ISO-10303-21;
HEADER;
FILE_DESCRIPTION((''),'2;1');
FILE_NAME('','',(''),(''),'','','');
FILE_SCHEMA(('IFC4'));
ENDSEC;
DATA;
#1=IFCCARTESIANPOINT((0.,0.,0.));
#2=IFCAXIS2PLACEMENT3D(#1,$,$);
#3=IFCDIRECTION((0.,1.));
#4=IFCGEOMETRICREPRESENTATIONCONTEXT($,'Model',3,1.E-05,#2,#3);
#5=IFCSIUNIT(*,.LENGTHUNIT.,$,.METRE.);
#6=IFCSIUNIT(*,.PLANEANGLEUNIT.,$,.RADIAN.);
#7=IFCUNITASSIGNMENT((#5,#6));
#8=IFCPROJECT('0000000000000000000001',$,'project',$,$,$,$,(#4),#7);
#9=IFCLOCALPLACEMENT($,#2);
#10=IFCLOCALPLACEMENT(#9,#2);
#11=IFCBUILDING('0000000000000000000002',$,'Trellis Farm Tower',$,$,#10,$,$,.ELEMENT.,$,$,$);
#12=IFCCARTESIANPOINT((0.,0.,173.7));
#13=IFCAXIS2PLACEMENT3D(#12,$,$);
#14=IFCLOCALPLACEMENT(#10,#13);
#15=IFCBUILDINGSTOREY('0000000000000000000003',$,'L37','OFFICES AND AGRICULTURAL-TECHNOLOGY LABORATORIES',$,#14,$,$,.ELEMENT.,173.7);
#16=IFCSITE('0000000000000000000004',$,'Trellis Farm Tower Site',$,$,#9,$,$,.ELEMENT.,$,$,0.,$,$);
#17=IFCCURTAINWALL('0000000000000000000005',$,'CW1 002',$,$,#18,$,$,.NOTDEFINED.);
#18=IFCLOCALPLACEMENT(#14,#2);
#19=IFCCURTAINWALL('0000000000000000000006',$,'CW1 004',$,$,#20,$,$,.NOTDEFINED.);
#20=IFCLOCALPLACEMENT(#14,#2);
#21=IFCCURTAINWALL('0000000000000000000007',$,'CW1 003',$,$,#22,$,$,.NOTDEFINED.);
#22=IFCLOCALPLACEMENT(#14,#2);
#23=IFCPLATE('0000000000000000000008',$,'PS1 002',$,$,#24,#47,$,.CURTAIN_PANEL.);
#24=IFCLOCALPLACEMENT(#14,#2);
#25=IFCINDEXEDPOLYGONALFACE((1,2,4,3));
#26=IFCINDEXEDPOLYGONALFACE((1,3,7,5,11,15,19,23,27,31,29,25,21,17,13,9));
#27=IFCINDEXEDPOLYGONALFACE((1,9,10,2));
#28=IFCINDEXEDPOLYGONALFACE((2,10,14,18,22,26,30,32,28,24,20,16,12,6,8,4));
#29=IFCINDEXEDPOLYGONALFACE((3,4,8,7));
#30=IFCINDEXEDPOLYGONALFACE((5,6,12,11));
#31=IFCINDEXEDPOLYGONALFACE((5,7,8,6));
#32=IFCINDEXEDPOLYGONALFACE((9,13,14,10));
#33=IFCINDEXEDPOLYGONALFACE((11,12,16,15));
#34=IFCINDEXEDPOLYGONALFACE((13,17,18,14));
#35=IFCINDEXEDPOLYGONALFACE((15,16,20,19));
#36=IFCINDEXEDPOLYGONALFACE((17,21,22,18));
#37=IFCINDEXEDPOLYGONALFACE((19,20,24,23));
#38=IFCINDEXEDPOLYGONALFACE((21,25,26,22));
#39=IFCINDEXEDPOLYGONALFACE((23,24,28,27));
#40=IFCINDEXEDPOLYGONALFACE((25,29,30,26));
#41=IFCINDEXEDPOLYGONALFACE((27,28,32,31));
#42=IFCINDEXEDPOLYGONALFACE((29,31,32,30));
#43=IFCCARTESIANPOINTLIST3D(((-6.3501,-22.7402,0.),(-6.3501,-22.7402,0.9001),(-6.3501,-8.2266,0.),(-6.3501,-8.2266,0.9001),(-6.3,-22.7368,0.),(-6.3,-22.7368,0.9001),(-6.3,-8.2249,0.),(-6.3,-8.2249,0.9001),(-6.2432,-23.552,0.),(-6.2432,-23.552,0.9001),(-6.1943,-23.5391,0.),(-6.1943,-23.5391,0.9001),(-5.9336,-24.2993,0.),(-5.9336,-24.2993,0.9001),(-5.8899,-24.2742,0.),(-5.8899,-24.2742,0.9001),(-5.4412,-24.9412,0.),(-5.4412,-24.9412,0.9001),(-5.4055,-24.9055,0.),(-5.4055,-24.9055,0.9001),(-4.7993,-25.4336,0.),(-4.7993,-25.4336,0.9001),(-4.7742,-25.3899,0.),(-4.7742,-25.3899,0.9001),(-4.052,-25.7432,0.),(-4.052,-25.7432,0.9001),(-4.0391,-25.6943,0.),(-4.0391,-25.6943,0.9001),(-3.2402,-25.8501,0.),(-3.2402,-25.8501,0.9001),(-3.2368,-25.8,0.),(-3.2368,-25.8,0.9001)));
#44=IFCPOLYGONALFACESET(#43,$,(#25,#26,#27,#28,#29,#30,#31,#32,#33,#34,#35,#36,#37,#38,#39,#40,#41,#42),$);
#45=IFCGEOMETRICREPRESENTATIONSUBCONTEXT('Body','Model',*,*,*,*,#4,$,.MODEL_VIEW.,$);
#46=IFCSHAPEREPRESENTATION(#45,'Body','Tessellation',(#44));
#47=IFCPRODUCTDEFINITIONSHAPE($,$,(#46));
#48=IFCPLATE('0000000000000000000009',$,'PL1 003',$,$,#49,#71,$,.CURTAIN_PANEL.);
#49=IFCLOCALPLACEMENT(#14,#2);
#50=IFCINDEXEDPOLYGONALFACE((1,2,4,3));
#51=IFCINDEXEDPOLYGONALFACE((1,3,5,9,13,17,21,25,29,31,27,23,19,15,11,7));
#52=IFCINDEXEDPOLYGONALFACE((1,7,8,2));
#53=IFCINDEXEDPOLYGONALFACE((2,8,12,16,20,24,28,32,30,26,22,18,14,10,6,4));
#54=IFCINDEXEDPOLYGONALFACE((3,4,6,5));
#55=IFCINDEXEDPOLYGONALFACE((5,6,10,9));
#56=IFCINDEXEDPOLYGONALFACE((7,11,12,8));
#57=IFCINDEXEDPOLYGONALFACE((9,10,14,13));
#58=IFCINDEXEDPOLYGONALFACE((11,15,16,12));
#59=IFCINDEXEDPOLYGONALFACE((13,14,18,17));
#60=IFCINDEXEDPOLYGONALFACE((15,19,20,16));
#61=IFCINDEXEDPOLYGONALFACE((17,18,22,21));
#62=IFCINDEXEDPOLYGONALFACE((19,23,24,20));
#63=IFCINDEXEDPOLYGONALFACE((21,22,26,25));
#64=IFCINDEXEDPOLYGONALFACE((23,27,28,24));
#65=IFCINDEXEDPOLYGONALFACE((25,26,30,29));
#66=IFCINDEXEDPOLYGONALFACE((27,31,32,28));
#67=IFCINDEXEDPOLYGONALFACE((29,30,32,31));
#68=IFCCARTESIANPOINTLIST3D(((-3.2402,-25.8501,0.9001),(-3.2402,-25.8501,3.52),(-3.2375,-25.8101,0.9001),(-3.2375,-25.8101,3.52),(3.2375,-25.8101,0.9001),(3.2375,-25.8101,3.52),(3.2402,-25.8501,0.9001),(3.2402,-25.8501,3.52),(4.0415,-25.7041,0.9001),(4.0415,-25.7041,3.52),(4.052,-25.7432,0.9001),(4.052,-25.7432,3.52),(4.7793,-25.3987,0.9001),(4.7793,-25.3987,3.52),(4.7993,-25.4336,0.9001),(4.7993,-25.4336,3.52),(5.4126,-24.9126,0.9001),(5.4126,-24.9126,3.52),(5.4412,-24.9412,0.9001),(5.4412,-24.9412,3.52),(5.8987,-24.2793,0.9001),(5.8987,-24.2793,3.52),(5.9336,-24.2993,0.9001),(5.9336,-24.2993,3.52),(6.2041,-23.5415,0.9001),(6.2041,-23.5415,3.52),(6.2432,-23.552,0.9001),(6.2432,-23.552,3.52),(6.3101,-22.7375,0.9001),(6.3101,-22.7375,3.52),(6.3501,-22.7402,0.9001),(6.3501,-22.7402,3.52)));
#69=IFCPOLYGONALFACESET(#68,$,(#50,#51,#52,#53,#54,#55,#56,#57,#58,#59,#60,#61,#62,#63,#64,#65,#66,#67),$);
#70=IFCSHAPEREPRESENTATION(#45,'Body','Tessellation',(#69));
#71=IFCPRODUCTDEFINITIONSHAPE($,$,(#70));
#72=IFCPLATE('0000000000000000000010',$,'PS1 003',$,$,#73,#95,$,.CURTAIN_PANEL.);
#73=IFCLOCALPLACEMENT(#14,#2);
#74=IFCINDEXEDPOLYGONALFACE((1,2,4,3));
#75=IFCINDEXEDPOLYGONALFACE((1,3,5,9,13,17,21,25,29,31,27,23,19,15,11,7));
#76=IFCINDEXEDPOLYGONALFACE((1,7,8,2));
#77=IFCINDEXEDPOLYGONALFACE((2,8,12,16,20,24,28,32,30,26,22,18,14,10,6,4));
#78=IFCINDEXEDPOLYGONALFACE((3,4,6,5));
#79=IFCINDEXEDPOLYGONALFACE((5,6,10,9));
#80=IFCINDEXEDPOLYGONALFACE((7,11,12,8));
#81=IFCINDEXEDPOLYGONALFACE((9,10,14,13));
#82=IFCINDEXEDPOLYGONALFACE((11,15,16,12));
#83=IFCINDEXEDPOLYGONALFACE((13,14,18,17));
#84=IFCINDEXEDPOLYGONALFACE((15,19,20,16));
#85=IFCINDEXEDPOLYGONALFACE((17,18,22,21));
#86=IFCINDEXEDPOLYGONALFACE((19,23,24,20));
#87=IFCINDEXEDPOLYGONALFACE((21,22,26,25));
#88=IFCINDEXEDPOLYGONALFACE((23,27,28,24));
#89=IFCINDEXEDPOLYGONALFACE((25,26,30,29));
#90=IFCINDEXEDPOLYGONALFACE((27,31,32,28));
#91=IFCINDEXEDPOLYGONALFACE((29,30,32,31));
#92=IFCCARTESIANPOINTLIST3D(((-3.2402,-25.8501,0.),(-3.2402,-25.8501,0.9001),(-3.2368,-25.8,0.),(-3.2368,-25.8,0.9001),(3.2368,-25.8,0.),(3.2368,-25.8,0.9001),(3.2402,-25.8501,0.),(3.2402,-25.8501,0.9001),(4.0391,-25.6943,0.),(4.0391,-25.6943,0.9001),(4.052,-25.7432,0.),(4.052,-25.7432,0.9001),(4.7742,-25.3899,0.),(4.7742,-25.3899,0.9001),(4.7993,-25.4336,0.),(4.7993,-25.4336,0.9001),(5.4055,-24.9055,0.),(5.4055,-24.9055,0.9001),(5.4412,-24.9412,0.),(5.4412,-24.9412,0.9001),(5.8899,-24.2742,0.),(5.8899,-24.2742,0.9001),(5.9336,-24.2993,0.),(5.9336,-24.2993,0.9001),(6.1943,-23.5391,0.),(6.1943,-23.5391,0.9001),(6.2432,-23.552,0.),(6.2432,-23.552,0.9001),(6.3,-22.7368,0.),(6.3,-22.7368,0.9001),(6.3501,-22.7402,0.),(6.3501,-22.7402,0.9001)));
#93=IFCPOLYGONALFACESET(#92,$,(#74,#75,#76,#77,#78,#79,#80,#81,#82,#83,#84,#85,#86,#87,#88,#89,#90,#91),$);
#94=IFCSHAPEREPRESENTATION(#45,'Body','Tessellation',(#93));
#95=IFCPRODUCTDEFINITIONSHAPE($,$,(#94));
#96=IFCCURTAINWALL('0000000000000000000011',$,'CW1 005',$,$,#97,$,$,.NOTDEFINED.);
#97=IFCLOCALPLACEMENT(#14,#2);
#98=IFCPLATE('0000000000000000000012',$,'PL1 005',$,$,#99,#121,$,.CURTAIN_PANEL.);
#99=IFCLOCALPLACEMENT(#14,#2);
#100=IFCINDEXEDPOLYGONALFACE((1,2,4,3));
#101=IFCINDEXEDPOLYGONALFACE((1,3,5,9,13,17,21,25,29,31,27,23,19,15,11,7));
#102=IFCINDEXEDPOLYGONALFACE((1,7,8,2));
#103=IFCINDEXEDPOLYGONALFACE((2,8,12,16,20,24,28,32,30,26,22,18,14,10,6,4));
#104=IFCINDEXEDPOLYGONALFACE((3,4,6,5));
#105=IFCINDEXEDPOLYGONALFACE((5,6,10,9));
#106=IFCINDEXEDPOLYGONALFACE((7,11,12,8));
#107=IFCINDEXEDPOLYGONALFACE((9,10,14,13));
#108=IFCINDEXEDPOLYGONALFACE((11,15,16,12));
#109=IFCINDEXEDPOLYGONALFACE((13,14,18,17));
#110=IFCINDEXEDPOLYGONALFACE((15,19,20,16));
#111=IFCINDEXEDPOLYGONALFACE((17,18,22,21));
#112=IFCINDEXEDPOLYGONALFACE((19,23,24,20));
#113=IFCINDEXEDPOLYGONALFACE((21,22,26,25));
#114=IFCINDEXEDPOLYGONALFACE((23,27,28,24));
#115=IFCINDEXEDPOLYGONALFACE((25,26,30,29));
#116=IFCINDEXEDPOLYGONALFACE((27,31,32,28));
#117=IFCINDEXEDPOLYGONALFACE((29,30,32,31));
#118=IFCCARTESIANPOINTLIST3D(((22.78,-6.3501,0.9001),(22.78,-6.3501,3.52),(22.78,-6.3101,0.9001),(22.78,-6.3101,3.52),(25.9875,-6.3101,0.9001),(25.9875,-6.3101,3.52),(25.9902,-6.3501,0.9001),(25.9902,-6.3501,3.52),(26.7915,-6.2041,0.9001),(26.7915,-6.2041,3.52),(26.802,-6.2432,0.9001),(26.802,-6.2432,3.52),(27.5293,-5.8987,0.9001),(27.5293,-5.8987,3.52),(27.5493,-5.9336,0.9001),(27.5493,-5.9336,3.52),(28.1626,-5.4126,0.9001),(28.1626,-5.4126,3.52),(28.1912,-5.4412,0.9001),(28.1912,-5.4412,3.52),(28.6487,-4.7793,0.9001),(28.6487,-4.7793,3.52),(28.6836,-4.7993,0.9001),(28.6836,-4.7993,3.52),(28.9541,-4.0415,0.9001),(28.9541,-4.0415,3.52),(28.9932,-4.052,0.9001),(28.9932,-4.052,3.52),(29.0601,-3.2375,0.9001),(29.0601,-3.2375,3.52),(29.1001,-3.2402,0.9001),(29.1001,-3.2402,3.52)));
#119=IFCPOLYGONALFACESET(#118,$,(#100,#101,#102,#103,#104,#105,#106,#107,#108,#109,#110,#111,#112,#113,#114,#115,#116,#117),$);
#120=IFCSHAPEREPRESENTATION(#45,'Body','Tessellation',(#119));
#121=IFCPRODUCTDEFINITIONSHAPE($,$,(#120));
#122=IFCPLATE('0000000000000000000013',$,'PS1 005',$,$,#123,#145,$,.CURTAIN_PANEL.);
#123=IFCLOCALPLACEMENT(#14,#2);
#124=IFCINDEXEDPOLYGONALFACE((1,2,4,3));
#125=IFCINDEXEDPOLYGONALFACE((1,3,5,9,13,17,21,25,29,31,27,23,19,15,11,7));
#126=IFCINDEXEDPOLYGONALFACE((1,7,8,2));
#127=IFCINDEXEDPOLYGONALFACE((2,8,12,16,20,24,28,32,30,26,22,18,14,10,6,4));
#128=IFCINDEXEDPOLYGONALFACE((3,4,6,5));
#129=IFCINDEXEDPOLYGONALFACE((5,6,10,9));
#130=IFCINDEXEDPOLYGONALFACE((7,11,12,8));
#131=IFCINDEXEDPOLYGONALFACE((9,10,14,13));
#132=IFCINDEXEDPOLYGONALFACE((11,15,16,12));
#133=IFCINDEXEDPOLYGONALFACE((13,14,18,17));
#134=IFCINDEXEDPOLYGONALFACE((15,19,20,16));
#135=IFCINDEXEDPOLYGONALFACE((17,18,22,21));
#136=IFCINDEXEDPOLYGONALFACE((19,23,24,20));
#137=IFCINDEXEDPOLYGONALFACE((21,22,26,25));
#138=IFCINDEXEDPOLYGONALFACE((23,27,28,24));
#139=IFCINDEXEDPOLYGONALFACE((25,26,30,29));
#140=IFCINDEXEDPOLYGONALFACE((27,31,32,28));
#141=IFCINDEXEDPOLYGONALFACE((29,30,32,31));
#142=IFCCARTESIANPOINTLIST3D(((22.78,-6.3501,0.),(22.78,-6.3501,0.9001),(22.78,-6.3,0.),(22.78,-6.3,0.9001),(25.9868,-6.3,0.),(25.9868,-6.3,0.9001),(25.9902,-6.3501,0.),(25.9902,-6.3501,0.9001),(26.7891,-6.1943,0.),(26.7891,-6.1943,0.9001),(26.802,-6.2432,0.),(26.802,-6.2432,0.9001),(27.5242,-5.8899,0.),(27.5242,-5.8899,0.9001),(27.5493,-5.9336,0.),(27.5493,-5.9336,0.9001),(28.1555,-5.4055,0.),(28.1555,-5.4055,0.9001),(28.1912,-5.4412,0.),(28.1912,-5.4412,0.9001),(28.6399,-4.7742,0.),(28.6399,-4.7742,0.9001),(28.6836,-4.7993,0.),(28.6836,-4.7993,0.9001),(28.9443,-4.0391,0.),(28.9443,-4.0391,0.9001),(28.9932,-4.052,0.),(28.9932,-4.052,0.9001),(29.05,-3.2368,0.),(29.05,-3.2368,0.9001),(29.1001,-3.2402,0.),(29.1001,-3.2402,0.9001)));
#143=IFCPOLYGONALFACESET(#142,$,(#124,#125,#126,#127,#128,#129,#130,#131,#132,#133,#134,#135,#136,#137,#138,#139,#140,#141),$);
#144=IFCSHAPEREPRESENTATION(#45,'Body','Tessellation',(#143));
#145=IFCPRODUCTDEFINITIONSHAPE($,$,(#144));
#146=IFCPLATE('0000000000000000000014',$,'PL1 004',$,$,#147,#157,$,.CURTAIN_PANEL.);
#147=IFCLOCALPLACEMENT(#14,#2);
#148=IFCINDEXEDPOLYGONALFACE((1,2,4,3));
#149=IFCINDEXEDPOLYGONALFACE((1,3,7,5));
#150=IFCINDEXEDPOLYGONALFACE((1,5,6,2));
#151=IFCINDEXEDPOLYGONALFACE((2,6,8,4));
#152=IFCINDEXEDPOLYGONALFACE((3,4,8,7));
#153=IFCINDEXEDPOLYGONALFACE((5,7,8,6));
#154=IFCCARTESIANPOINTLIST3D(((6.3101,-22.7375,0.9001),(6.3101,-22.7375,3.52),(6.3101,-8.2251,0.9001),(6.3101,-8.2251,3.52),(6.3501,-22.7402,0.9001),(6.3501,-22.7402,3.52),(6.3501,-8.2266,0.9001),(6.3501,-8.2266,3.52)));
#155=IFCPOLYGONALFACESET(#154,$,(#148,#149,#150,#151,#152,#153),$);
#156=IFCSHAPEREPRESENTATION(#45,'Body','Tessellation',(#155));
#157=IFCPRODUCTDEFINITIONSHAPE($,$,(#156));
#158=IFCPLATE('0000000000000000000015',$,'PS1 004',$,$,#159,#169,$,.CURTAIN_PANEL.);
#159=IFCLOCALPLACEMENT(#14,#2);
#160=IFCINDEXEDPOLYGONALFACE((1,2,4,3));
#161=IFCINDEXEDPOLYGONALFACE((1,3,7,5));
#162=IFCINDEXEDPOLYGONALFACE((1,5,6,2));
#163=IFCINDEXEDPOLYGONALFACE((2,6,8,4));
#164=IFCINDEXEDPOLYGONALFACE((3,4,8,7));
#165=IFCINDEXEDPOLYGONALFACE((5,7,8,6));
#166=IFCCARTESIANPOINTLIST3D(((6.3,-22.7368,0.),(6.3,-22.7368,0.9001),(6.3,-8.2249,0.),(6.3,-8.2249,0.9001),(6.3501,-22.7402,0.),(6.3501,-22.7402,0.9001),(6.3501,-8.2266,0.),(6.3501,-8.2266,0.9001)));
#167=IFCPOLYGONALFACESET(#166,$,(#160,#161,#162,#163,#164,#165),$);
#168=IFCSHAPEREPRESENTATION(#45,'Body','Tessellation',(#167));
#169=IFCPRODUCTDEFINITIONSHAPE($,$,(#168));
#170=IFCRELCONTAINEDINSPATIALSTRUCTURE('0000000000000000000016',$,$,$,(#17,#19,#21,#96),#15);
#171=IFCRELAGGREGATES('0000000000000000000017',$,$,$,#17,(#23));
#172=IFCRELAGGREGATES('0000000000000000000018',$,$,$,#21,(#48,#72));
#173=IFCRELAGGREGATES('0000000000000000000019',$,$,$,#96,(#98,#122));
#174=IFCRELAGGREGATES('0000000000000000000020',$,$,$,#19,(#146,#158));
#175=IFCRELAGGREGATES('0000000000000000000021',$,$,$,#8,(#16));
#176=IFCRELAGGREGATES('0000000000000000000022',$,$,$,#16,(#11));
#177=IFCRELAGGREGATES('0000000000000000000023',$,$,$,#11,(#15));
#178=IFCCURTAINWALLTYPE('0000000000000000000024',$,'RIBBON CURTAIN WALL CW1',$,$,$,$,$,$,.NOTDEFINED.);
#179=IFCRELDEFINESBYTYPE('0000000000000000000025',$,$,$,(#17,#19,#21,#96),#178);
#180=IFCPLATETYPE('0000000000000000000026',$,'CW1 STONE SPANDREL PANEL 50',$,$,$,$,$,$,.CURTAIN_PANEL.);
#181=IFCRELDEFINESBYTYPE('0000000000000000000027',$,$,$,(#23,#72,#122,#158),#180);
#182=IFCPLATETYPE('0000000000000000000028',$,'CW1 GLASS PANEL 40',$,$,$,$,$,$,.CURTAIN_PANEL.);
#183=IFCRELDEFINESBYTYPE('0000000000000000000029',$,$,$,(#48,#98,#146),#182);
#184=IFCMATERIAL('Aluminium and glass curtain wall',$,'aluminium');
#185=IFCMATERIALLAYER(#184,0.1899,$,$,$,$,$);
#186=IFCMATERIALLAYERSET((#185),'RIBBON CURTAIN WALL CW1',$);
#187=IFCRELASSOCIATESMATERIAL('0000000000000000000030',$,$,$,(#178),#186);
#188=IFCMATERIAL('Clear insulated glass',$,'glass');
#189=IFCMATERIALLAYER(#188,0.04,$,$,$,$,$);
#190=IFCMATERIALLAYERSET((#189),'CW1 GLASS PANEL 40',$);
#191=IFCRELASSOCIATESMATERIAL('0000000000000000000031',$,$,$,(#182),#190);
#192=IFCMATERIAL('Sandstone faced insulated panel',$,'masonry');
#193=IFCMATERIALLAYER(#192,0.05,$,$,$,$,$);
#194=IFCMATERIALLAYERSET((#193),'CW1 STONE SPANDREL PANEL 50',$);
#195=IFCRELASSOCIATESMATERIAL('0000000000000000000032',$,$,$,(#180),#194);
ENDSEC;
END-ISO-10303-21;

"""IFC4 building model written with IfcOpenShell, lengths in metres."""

from ifc_helpers import new_model, si_unit, direction, frame, origin, place, context, subcontext, project, spatial, polyline, outline, extrude, source, transform, mapped, material, layer, layer_set, type_object, element, aggregate, save


model = new_model("IFC4")

# Units and contexts
model_context = context("Model", 3, precision=1e-05, world=origin(), true_north=direction((0.0, 1.0)))
body_context = subcontext(model_context, "Body", "Model", "MODEL_VIEW")
ifc_project = project(units=[si_unit("LENGTHUNIT", "METRE"), si_unit("PLANEANGLEUNIT", "RADIAN")], contexts=[model_context])

# Site, building, storey
site_placement = place(None, origin())
site = spatial("IfcSite", under=ifc_project, at=site_placement, Name="Trellis Farm Tower Site", CompositionType="ELEMENT", RefElevation=0.0)
building_placement = place(site_placement, origin())
building = spatial("IfcBuilding", under=site, at=building_placement, Name="Trellis Farm Tower", CompositionType="ELEMENT")
storey_placement = place(building_placement, frame((0.0, 0.0, 173.7)))
storey = spatial("IfcBuildingStorey", under=building, at=storey_placement, Name="L37", Description="OFFICES AND AGRICULTURAL-TECHNOLOGY LABORATORIES", CompositionType="ELEMENT", Elevation=173.7)

# Curtain walls
ifc_material_1 = material(Name="Aluminium and glass curtain wall", Category="aluminium")
placement_1 = place(storey_placement, origin())
ifc_layer_1 = layer(ifc_material_1, 0.1899)
ifc_layer_set_1 = layer_set([ifc_layer_1], Name="RIBBON CURTAIN WALL CW1")
curtain_wall_type_1 = type_object("IfcCurtainWallType", Name="RIBBON CURTAIN WALL CW1", PredefinedType="NOTDEFINED", material=ifc_layer_set_1)
curtain_wall_1 = element("IfcCurtainWall", 1, at=placement_1, inside=storey, type_object=curtain_wall_type_1, Name="CW1 002", PredefinedType="NOTDEFINED")
curtain_wall_2 = element("IfcCurtainWall", 2, at=placement_1, inside=storey, type_object=curtain_wall_type_1, Name="CW1 004", PredefinedType="NOTDEFINED")
curtain_wall_3 = element("IfcCurtainWall", 3, at=placement_1, inside=storey, type_object=curtain_wall_type_1, Name="CW1 003", PredefinedType="NOTDEFINED")

# Plates
ifc_material_2 = material(Name="Clear insulated glass", Category="glass")
ifc_layer_2 = layer(ifc_material_2, 0.04)
ifc_layer_set_2 = layer_set([ifc_layer_2], Name="CW1 GLASS PANEL 40")
plate_type_1 = type_object("IfcPlateType", Name="CW1 GLASS PANEL 40", PredefinedType="CURTAIN_PANEL", material=ifc_layer_set_2)
placement_2 = place(storey_placement, frame((0.0, 0.0, 0.9001)))
ifc_material_3 = material(Name="Sandstone faced insulated panel", Category="masonry")
ifc_layer_3 = layer(ifc_material_3, 0.05)
ifc_layer_set_3 = layer_set([ifc_layer_3], Name="CW1 STONE SPANDREL PANEL 50")
plate_type_2 = type_object("IfcPlateType", Name="CW1 STONE SPANDREL PANEL 50", PredefinedType="CURTAIN_PANEL", material=ifc_layer_set_3)
shared_shape_1 = source(origin(), body_context, "Body", "SweptSolid", [
    extrude(outline(polyline([(-6.3501, -8.2266), (-6.3501, -22.7402), (-6.2432, -23.552), (-5.9336, -24.2993), (-5.4412, -24.9412), (-4.7993, -25.4336), (-4.052, -25.7432), (-3.2402, -25.8501), (-3.2368, -25.8), (-4.0391, -25.6943), (-4.7742, -25.3899), (-5.4055, -24.9055), (-5.8899, -24.2742), (-6.1943, -23.5391), (-6.3, -22.7368), (-6.3, -8.2249), (-6.3501, -8.2266)])), origin(), (0.0, 0.0, 1.0), 0.9001),
])
plate_1 = element("IfcPlate", 4, at=placement_1, type_object=plate_type_2, Name="PS1 002", PredefinedType="CURTAIN_PANEL", context=body_context, shape_type="MappedRepresentation", body=[
    mapped(shared_shape_1, transform((0.0, 0.0, 0.0))),
])
aggregate(curtain_wall_1, [plate_1])
shared_shape_2 = source(origin(), body_context, "Body", "SweptSolid", [
    extrude(outline(polyline([(-3.2402, -25.8501), (3.2402, -25.8501), (4.052, -25.7432), (4.7993, -25.4336), (5.4412, -24.9412), (5.9336, -24.2993), (6.2432, -23.552), (6.3501, -22.7402), (6.3101, -22.7375), (6.2041, -23.5415), (5.8987, -24.2793), (5.4126, -24.9126), (4.7793, -25.3987), (4.0415, -25.7041), (3.2375, -25.8101), (-3.2375, -25.8101), (-3.2402, -25.8501)])), origin(), (0.0, 0.0, 1.0), 2.6199),
])
plate_2 = element("IfcPlate", 5, at=placement_2, type_object=plate_type_1, Name="PL1 003", PredefinedType="CURTAIN_PANEL", context=body_context, shape_type="MappedRepresentation", body=[
    mapped(shared_shape_2, transform((0.0, 0.0, 0.0))),
])
shared_shape_3 = source(origin(), body_context, "Body", "SweptSolid", [
    extrude(outline(polyline([(-3.2402, -25.8501), (3.2402, -25.8501), (4.052, -25.7432), (4.7993, -25.4336), (5.4412, -24.9412), (5.9336, -24.2993), (6.2432, -23.552), (6.3501, -22.7402), (6.3, -22.7368), (6.1943, -23.5391), (5.8899, -24.2742), (5.4055, -24.9055), (4.7742, -25.3899), (4.0391, -25.6943), (3.2368, -25.8), (-3.2368, -25.8), (-3.2402, -25.8501)])), origin(), (0.0, 0.0, 1.0), 0.9001),
])
plate_3 = element("IfcPlate", 6, at=placement_1, type_object=plate_type_2, Name="PS1 003", PredefinedType="CURTAIN_PANEL", context=body_context, shape_type="MappedRepresentation", body=[
    mapped(shared_shape_3, transform((0.0, 0.0, 0.0))),
])
aggregate(curtain_wall_3, [plate_2, plate_3])

# Curtain wall, plates
curtain_wall_4 = element("IfcCurtainWall", 7, at=placement_1, inside=storey, type_object=curtain_wall_type_1, Name="CW1 005", PredefinedType="NOTDEFINED")
shared_shape_4 = source(origin(), body_context, "Body", "SweptSolid", [
    extrude(outline(polyline([(22.78, -6.3501), (25.9902, -6.3501), (26.802, -6.2432), (27.5493, -5.9336), (28.1912, -5.4412), (28.6836, -4.7993), (28.9932, -4.052), (29.1001, -3.2402), (29.0601, -3.2375), (28.9541, -4.0415), (28.6487, -4.7793), (28.1626, -5.4126), (27.5293, -5.8987), (26.7915, -6.2041), (25.9875, -6.3101), (22.78, -6.3101), (22.78, -6.3501)])), origin(), (0.0, 0.0, 1.0), 2.6199),
])
plate_4 = element("IfcPlate", 8, at=placement_2, type_object=plate_type_1, Name="PL1 005", PredefinedType="CURTAIN_PANEL", context=body_context, shape_type="MappedRepresentation", body=[
    mapped(shared_shape_4, transform((0.0, 0.0, 0.0))),
])
shared_shape_5 = source(origin(), body_context, "Body", "SweptSolid", [
    extrude(outline(polyline([(22.78, -6.3501), (25.9902, -6.3501), (26.802, -6.2432), (27.5493, -5.9336), (28.1912, -5.4412), (28.6836, -4.7993), (28.9932, -4.052), (29.1001, -3.2402), (29.05, -3.2368), (28.9443, -4.0391), (28.6399, -4.7742), (28.1555, -5.4055), (27.5242, -5.8899), (26.7891, -6.1943), (25.9868, -6.3), (22.78, -6.3), (22.78, -6.3501)])), origin(), (0.0, 0.0, 1.0), 0.9001),
])
plate_5 = element("IfcPlate", 9, at=placement_1, type_object=plate_type_2, Name="PS1 005", PredefinedType="CURTAIN_PANEL", context=body_context, shape_type="MappedRepresentation", body=[
    mapped(shared_shape_5, transform((0.0, 0.0, 0.0))),
])
aggregate(curtain_wall_4, [plate_4, plate_5])

# Plates
shared_shape_6 = source(origin(), body_context, "Body", "SweptSolid", [
    extrude(outline(polyline([(6.3501, -22.7402), (6.3501, -8.2266), (6.3101, -8.2251), (6.3101, -22.7375), (6.3501, -22.7402)])), origin(), (0.0, 0.0, 1.0), 2.6199),
])
plate_6 = element("IfcPlate", 10, at=placement_2, type_object=plate_type_1, Name="PL1 004", PredefinedType="CURTAIN_PANEL", context=body_context, shape_type="MappedRepresentation", body=[
    mapped(shared_shape_6, transform((0.0, 0.0, 0.0))),
])
shared_shape_7 = source(origin(), body_context, "Body", "SweptSolid", [
    extrude(outline(polyline([(6.3501, -22.7402), (6.3501, -8.2266), (6.3, -8.2249), (6.3, -22.7368), (6.3501, -22.7402)])), origin(), (0.0, 0.0, 1.0), 0.9001),
])
plate_7 = element("IfcPlate", 11, at=placement_1, type_object=plate_type_2, Name="PS1 004", PredefinedType="CURTAIN_PANEL", context=body_context, shape_type="MappedRepresentation", body=[
    mapped(shared_shape_7, transform((0.0, 0.0, 0.0))),
])
aggregate(curtain_wall_2, [plate_6, plate_7])

save(model, "model.ifc")
